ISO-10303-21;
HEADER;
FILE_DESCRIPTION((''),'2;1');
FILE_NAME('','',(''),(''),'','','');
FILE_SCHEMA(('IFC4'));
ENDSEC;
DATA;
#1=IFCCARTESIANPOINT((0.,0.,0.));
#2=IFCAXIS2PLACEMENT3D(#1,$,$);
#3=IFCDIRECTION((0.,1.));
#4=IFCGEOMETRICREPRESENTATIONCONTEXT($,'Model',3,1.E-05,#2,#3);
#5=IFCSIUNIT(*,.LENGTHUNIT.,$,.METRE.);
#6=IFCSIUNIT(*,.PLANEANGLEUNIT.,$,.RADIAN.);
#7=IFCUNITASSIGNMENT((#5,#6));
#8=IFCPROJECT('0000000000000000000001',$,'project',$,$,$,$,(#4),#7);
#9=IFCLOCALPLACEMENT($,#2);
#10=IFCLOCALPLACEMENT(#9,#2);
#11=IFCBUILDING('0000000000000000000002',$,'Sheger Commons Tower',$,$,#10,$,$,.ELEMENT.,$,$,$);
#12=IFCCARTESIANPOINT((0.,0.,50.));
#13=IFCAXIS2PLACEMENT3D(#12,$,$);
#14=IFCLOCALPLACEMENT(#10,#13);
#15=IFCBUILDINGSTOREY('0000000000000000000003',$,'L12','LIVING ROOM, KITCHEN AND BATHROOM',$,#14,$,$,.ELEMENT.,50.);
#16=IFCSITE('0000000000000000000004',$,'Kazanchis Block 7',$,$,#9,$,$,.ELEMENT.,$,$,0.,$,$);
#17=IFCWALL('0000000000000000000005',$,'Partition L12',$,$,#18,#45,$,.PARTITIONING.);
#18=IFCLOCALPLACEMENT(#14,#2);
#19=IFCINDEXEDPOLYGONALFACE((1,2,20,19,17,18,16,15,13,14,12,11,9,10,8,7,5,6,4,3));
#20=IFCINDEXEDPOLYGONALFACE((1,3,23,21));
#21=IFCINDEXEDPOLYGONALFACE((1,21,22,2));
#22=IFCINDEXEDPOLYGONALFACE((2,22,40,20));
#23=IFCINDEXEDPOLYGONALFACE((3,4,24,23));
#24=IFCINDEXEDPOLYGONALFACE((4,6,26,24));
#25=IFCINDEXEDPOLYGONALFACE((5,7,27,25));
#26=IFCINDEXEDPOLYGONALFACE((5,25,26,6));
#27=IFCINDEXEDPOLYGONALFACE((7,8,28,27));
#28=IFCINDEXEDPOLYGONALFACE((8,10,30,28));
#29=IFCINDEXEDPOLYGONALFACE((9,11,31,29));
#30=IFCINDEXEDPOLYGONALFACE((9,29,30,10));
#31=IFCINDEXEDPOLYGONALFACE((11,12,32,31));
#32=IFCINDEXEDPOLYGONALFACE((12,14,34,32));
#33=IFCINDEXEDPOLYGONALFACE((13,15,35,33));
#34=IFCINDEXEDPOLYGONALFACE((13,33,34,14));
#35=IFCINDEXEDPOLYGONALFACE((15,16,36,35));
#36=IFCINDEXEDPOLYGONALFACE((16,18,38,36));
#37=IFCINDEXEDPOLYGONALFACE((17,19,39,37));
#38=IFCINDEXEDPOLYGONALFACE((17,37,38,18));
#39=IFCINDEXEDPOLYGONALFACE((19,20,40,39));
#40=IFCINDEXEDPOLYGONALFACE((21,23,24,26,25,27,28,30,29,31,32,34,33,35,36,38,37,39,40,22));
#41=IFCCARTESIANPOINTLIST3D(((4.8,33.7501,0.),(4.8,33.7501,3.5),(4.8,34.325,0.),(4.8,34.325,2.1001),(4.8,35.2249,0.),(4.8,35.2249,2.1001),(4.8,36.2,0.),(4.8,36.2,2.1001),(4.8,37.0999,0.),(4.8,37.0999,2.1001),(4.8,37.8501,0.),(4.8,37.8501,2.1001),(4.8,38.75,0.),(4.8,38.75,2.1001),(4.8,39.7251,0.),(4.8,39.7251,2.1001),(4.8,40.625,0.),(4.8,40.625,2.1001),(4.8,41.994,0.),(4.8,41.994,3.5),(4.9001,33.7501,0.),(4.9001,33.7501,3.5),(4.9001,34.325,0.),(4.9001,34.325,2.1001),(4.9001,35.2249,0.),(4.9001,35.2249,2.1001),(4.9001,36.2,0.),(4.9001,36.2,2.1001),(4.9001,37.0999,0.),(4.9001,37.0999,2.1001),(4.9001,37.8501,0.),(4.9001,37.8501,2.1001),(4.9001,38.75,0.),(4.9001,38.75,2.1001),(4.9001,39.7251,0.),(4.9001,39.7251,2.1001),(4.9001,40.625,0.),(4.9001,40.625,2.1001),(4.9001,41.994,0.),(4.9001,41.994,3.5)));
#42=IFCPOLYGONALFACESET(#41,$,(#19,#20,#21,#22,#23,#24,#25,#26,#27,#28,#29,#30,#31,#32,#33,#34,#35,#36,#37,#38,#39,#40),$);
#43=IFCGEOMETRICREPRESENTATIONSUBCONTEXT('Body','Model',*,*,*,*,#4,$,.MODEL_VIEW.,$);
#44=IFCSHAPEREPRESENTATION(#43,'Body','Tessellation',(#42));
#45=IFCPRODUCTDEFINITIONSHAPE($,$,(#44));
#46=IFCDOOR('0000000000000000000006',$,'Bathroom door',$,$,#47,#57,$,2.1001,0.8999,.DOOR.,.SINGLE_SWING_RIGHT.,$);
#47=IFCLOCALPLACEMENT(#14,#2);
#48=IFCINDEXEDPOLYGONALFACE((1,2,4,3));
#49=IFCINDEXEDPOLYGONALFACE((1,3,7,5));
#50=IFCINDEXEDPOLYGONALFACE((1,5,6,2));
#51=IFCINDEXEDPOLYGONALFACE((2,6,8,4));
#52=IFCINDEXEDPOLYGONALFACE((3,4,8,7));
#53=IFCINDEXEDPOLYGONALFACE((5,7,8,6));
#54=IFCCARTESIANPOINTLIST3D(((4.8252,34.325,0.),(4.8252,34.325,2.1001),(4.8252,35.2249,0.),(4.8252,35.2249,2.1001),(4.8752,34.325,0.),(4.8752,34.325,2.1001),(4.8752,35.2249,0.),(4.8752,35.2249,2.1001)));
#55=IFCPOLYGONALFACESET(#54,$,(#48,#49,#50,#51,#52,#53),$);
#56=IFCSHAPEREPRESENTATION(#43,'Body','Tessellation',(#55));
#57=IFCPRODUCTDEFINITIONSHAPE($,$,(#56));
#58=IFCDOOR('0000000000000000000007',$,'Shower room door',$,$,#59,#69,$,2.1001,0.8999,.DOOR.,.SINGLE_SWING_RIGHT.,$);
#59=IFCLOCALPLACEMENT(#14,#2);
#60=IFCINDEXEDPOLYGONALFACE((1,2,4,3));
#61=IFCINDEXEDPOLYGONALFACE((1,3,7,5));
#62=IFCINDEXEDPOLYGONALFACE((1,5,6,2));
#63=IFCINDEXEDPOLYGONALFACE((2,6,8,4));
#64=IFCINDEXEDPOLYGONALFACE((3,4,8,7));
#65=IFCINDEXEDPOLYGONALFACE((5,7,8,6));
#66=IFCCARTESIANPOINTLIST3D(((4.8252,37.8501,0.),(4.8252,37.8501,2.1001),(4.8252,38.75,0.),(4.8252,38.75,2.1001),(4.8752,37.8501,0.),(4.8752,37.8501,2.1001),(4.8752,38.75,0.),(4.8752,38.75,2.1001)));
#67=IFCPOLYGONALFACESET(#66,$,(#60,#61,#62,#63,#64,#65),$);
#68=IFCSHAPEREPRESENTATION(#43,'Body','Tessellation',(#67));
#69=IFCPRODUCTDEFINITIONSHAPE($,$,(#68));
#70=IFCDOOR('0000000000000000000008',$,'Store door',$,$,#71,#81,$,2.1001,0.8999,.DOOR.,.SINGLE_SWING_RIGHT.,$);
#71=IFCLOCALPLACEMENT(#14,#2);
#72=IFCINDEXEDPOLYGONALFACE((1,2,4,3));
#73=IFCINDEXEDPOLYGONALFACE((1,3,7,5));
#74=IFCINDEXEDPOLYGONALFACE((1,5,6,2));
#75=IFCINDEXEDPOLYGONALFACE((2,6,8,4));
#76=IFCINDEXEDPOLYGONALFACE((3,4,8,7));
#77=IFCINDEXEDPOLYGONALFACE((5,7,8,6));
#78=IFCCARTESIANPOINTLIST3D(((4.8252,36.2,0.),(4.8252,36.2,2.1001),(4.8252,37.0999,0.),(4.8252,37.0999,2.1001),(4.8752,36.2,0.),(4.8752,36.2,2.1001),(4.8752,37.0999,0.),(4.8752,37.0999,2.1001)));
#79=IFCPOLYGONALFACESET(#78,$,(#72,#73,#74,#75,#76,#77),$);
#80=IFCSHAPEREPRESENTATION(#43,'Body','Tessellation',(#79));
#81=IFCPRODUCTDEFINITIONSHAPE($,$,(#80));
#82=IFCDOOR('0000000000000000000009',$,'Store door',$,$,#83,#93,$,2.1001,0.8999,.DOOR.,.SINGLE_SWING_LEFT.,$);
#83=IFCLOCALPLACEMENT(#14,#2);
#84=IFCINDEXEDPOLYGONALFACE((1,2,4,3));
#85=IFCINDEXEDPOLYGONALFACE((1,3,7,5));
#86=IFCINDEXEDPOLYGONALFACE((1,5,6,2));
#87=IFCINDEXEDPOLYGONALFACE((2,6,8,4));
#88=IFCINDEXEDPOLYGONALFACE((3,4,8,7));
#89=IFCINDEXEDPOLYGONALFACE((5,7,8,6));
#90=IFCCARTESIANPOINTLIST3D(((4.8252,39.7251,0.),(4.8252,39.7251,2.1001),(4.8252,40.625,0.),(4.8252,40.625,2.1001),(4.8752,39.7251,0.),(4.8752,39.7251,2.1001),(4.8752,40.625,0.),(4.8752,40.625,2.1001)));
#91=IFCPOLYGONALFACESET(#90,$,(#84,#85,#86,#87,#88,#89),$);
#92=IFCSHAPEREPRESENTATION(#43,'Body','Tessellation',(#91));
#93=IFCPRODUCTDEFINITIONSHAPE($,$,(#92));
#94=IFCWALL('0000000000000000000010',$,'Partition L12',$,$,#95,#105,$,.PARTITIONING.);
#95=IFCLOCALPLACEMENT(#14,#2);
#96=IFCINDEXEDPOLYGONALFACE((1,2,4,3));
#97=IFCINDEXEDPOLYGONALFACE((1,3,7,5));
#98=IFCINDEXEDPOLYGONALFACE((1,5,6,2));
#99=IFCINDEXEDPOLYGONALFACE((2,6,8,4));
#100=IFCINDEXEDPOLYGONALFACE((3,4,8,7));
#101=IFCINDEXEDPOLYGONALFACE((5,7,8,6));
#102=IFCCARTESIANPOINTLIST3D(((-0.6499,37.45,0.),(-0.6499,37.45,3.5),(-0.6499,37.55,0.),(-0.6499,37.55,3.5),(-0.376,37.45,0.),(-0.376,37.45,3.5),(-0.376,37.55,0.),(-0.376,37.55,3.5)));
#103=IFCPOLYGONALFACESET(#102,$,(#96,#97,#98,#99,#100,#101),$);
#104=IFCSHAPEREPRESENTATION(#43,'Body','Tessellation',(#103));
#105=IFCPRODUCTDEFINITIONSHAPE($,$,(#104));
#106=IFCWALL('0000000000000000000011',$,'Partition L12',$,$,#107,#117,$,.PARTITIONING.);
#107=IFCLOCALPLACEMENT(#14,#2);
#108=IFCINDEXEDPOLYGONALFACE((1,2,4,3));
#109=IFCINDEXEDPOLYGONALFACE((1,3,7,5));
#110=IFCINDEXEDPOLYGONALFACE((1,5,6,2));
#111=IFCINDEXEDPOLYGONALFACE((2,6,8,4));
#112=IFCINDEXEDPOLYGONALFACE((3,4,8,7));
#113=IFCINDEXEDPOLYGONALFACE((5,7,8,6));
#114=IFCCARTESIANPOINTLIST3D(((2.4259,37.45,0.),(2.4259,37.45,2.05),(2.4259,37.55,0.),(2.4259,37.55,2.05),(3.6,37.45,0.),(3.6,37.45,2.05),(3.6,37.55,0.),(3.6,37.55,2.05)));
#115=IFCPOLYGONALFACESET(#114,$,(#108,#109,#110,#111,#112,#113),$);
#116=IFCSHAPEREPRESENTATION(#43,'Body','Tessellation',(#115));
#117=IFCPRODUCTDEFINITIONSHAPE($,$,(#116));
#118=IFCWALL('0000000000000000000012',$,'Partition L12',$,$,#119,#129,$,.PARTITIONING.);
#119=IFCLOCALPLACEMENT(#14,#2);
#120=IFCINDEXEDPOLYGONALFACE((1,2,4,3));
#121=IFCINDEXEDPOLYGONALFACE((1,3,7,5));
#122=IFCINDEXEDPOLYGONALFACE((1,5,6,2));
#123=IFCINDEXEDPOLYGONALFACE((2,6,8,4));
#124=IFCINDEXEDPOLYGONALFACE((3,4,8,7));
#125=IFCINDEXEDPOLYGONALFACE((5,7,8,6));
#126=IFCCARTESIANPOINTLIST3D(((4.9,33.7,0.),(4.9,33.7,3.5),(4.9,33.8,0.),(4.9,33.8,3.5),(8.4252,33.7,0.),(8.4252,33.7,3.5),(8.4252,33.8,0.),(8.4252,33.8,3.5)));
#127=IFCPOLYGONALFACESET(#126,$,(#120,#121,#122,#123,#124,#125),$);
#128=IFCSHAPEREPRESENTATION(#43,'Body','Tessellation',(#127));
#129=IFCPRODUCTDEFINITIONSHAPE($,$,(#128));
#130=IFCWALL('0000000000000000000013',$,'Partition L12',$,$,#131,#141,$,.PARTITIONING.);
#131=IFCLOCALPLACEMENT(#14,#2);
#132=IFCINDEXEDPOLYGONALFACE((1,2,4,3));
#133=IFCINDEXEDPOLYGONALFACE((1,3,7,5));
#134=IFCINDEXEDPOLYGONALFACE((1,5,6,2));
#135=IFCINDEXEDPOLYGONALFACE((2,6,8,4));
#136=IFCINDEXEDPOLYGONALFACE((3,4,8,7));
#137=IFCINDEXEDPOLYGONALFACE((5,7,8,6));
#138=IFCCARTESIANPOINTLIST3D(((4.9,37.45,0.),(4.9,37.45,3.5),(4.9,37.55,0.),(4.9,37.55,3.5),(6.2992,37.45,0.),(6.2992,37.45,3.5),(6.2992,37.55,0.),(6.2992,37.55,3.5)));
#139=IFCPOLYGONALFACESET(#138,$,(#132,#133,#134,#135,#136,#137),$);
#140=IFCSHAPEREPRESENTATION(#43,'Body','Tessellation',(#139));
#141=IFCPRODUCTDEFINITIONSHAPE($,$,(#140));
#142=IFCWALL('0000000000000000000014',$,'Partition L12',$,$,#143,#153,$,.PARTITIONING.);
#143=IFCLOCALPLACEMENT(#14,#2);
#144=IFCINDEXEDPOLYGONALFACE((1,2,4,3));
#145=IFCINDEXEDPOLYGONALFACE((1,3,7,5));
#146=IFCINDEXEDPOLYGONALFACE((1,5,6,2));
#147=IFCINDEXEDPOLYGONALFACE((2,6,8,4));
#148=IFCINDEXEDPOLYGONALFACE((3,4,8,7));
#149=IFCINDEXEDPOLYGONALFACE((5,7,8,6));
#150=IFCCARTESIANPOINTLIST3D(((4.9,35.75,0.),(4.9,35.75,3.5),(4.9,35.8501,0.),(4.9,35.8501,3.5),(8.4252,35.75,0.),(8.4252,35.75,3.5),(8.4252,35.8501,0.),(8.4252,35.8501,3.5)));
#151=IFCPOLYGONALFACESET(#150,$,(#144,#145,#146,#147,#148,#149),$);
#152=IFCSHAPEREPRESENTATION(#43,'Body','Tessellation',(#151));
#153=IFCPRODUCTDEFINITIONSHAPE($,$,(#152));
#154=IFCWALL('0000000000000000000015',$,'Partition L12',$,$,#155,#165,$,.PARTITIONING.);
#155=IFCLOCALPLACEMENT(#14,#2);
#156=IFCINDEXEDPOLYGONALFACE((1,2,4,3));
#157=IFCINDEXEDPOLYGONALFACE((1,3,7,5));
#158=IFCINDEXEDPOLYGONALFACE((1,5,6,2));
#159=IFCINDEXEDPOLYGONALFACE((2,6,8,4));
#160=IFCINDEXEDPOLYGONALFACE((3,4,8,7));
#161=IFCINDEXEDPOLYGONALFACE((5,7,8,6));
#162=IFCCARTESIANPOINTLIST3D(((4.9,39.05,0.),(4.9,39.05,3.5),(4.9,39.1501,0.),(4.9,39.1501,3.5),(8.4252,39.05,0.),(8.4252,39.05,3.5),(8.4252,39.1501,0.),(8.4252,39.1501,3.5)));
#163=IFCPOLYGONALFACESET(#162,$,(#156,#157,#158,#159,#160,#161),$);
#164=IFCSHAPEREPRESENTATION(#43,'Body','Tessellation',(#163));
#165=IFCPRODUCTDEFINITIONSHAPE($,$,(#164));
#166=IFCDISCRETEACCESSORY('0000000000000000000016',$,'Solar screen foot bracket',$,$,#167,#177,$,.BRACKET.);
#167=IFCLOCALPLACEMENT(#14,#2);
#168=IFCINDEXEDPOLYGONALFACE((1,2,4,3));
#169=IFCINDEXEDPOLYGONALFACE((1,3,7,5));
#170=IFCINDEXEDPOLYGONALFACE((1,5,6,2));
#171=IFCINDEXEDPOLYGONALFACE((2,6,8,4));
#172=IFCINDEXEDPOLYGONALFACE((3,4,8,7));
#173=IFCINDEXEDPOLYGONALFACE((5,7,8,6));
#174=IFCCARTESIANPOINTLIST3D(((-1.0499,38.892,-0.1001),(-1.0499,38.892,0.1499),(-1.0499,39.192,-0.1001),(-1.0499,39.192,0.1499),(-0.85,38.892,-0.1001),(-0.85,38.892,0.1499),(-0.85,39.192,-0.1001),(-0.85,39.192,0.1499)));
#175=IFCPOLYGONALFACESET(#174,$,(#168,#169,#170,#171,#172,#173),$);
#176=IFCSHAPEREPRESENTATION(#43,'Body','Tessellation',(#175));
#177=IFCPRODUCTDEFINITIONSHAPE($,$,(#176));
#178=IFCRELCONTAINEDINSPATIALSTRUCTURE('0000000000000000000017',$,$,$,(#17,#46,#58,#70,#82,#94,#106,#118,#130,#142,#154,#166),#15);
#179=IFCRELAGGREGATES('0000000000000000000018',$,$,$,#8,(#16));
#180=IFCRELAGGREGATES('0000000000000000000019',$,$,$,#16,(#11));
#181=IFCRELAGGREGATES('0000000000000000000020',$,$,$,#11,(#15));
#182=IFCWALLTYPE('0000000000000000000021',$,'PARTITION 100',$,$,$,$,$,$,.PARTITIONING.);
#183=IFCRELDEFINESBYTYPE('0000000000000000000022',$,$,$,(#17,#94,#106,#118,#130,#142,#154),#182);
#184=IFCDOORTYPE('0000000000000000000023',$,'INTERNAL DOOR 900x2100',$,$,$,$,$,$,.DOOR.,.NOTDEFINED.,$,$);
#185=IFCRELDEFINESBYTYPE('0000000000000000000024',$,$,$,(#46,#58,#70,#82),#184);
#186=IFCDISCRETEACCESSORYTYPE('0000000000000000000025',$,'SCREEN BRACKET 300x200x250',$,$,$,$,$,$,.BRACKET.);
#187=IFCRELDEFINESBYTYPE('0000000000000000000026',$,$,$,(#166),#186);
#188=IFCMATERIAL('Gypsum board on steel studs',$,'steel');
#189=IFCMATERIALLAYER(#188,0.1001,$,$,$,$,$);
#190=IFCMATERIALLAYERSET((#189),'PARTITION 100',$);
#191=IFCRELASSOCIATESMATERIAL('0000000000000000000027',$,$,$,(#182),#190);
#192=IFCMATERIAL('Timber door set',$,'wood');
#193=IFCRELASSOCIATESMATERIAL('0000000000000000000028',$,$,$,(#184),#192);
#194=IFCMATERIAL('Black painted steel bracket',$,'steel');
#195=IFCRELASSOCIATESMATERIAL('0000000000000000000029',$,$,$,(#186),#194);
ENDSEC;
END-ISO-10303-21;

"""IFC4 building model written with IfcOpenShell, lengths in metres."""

from ifc_helpers import new_model, si_unit, direction, frame, frame_2d, origin, origin_2d, place, context, subcontext, project, spatial, rectangle, extrude, material, layer, layer_set, type_object, element, fill, save


model = new_model("IFC4")

# Units and contexts
model_context = context("Model", 3, precision=1e-05, world=origin(), true_north=direction((0.0, 1.0)))
body_context = subcontext(model_context, "Body", "Model", "MODEL_VIEW")
ifc_project = project(units=[si_unit("LENGTHUNIT", "METRE"), si_unit("PLANEANGLEUNIT", "RADIAN")], contexts=[model_context])

# Site, building, storey
site_placement = place(None, origin())
site = spatial("IfcSite", under=ifc_project, at=site_placement, Name="Kazanchis Block 7", CompositionType="ELEMENT", RefElevation=0.0)
building_placement = place(site_placement, origin())
building = spatial("IfcBuilding", under=site, at=building_placement, Name="Sheger Commons Tower", CompositionType="ELEMENT")
storey_placement = place(building_placement, frame((0.0, 0.0, 50.0)))
storey = spatial("IfcBuildingStorey", under=building, at=storey_placement, Name="L12", Description="LIVING ROOM, KITCHEN AND BATHROOM", CompositionType="ELEMENT", Elevation=50.0)

# Wall, openings, doors
ifc_material_1 = material(Name="Gypsum board on steel studs", Category="steel")
ifc_layer_1 = layer(ifc_material_1, 0.1001)
ifc_layer_set_1 = layer_set([ifc_layer_1], Name="PARTITION 100")
wall_type = type_object("IfcWallType", Name="PARTITION 100", PredefinedType="PARTITIONING", material=ifc_layer_set_1)
ifc_material_2 = material(Name="Timber door set", Category="wood")
door_type = type_object("IfcDoorType", Name="INTERNAL DOOR 900x2100", OperationType="NOTDEFINED", PredefinedType="DOOR", material=ifc_material_2)
wall_1_placement = place(storey_placement, frame((4.8501, 33.75, 0.0), z_axis=(0.0, 0.0, 1.0), x_axis=(0.0, 1.0, 0.0)))
wall_1 = element("IfcWall", 1, at=wall_1_placement, inside=storey, type_object=wall_type, Name="Partition L12", PredefinedType="PARTITIONING", context=body_context, shape_type="SweptSolid", body=[
    extrude(rectangle(XDim=8.2439, YDim=0.1001, at=frame_2d((4.1221, 0.0))), origin(), (0.0, 0.0, 1.0), 3.5),
])
opening_1_placement = place(wall_1_placement, frame((0.575, 0.0, 0.0)))
opening_1 = element("IfcOpeningElement", 2, at=opening_1_placement, cuts=wall_1, PredefinedType="OPENING", context=body_context, shape_type="SweptSolid", body=[
    extrude(rectangle(XDim=0.8999, YDim=2.1001, at=frame_2d((0.45, 1.05))), frame((0.0, 0.0601, 0.0), z_axis=(0.0, -1.0, 0.0), x_axis=(1.0, 0.0, 0.0)), (0.0, 0.0, 1.0), 0.1201),
])
opening_2_placement = place(wall_1_placement, frame((4.1001, 0.0, 0.0)))
opening_2 = element("IfcOpeningElement", 3, at=opening_2_placement, cuts=wall_1, PredefinedType="OPENING", context=body_context, shape_type="SweptSolid", body=[
    extrude(rectangle(XDim=0.8999, YDim=2.1001, at=frame_2d((0.45, 1.05))), frame((0.0, 0.0601, 0.0), z_axis=(0.0, -1.0, 0.0), x_axis=(1.0, 0.0, 0.0)), (0.0, 0.0, 1.0), 0.1201),
])
opening_3_placement = place(wall_1_placement, frame((2.45, 0.0, 0.0)))
opening_3 = element("IfcOpeningElement", 4, at=opening_3_placement, cuts=wall_1, PredefinedType="OPENING", context=body_context, shape_type="SweptSolid", body=[
    extrude(rectangle(XDim=0.8999, YDim=2.1001, at=frame_2d((0.45, 1.05))), frame((0.0, 0.0601, 0.0), z_axis=(0.0, -1.0, 0.0), x_axis=(1.0, 0.0, 0.0)), (0.0, 0.0, 1.0), 0.1201),
])
opening_4_placement = place(wall_1_placement, frame((5.9751, 0.0, 0.0)))
opening_4 = element("IfcOpeningElement", 5, at=opening_4_placement, cuts=wall_1, PredefinedType="OPENING", context=body_context, shape_type="SweptSolid", body=[
    extrude(rectangle(XDim=0.8999, YDim=2.1001, at=frame_2d((0.45, 1.05))), frame((0.0, 0.0601, 0.0), z_axis=(0.0, -1.0, 0.0), x_axis=(1.0, 0.0, 0.0)), (0.0, 0.0, 1.0), 0.1201),
])
door_1_placement = place(opening_1_placement, origin())
door_1 = element("IfcDoor", 6, at=door_1_placement, inside=storey, type_object=door_type, Name="Bathroom door", OperationType="SINGLE_SWING_RIGHT", OverallHeight=2.1001, OverallWidth=0.8999, PredefinedType="DOOR", context=body_context, shape_type="SweptSolid", body=[
    extrude(rectangle(XDim=0.8999, YDim=2.1001, at=frame_2d((0.45, 1.05))), frame((0.0, 0.0249, 0.0), z_axis=(0.0, -1.0, 0.0), x_axis=(1.0, 0.0, 0.0)), (0.0, 0.0, 1.0), 0.05),
])
fill(opening_1, door_1)
door_2_placement = place(opening_2_placement, origin())
door_2 = element("IfcDoor", 7, at=door_2_placement, inside=storey, type_object=door_type, Name="Shower room door", OperationType="SINGLE_SWING_RIGHT", OverallHeight=2.1001, OverallWidth=0.8999, PredefinedType="DOOR", context=body_context, shape_type="SweptSolid", body=[
    extrude(rectangle(XDim=0.8999, YDim=2.1001, at=frame_2d((0.45, 1.05))), frame((0.0, 0.0249, 0.0), z_axis=(0.0, -1.0, 0.0), x_axis=(1.0, 0.0, 0.0)), (0.0, 0.0, 1.0), 0.05),
])
fill(opening_2, door_2)
door_3_placement = place(opening_3_placement, origin())
door_3 = element("IfcDoor", 8, at=door_3_placement, inside=storey, type_object=door_type, Name="Store door", OperationType="SINGLE_SWING_RIGHT", OverallHeight=2.1001, OverallWidth=0.8999, PredefinedType="DOOR", context=body_context, shape_type="SweptSolid", body=[
    extrude(rectangle(XDim=0.8999, YDim=2.1001, at=frame_2d((0.45, 1.05))), frame((0.0, 0.0249, 0.0), z_axis=(0.0, -1.0, 0.0), x_axis=(1.0, 0.0, 0.0)), (0.0, 0.0, 1.0), 0.05),
])
fill(opening_3, door_3)
door_4_placement = place(opening_4_placement, origin())
door_4 = element("IfcDoor", 9, at=door_4_placement, inside=storey, type_object=door_type, Name="Store door", OperationType="SINGLE_SWING_LEFT", OverallHeight=2.1001, OverallWidth=0.8999, PredefinedType="DOOR", context=body_context, shape_type="SweptSolid", body=[
    extrude(rectangle(XDim=0.8999, YDim=2.1001, at=frame_2d((0.45, 1.05))), frame((0.0, 0.0249, 0.0), z_axis=(0.0, -1.0, 0.0), x_axis=(1.0, 0.0, 0.0)), (0.0, 0.0, 1.0), 0.05),
])
fill(opening_4, door_4)

# Walls
wall_2_placement = place(storey_placement, frame((-0.6499, 37.5, 0.0), z_axis=(0.0, 0.0, 1.0), x_axis=(1.0, 0.0, 0.0)))
element("IfcWall", 10, at=wall_2_placement, inside=storey, type_object=wall_type, Name="Partition L12", PredefinedType="PARTITIONING", context=body_context, shape_type="SweptSolid", body=[
    extrude(rectangle(XDim=0.2739, YDim=0.1001, at=frame_2d((0.137, 0.0))), origin(), (0.0, 0.0, 1.0), 3.5),
])
wall_3_placement = place(storey_placement, frame((2.426, 37.5, 0.0), z_axis=(0.0, 0.0, 1.0), x_axis=(1.0, 0.0, 0.0)))
element("IfcWall", 11, at=wall_3_placement, inside=storey, type_object=wall_type, Name="Partition L12", PredefinedType="PARTITIONING", context=body_context, shape_type="SweptSolid", body=[
    extrude(rectangle(XDim=1.1741, YDim=0.1001, at=frame_2d((0.5869, 0.0))), origin(), (0.0, 0.0, 1.0), 2.05),
])
wall_4_placement = place(storey_placement, frame((4.8999, 33.75, 0.0), z_axis=(0.0, 0.0, 1.0), x_axis=(1.0, 0.0, 0.0)))
element("IfcWall", 12, at=wall_4_placement, inside=storey, type_object=wall_type, Name="Partition L12", PredefinedType="PARTITIONING", context=body_context, shape_type="SweptSolid", body=[
    extrude(rectangle(XDim=3.5251, YDim=0.1001, at=frame_2d((1.7627, 0.0))), origin(), (0.0, 0.0, 1.0), 3.5),
])
wall_5_placement = place(storey_placement, frame((4.8999, 37.5, 0.0), z_axis=(0.0, 0.0, 1.0), x_axis=(1.0, 0.0, 0.0)))
element("IfcWall", 13, at=wall_5_placement, inside=storey, type_object=wall_type, Name="Partition L12", PredefinedType="PARTITIONING", context=body_context, shape_type="SweptSolid", body=[
    extrude(rectangle(XDim=1.3992, YDim=0.1001, at=frame_2d((0.6997, 0.0))), origin(), (0.0, 0.0, 1.0), 3.5),
])
for number, where, z_axis, x_axis, name in (
    (14, (4.8999, 35.8, 0.0), (0.0, 0.0, 1.0), (1.0, 0.0, 0.0), "Partition L12"),
    (15, (4.8999, 39.1001, 0.0), (0.0, 0.0, 1.0), (1.0, 0.0, 0.0), "Partition L12"),
):
    element("IfcWall", number, at=place(storey_placement, frame(where, z_axis=z_axis, x_axis=x_axis)), inside=storey, type_object=wall_type, Name=name, PredefinedType="PARTITIONING", context=body_context, shape_type="SweptSolid", body=[
        extrude(rectangle(XDim=3.5251, YDim=0.1001, at=frame_2d((1.7627, 0.0))), origin(), (0.0, 0.0, 1.0), 3.5),
    ])

# Discrete accessory
ifc_material_3 = material(Name="Black painted steel bracket", Category="steel")
discrete_accessory_type = type_object("IfcDiscreteAccessoryType", Name="SCREEN BRACKET 300x200x250", PredefinedType="BRACKET", material=ifc_material_3)
for number, where, z_axis, x_axis, name in (
    (16, (-0.95, 39.042, -0.1001), (0.0, 0.0, 1.0), (0.0, -1.0, 0.0), "Solar screen foot bracket"),
):
    element("IfcDiscreteAccessory", number, at=place(storey_placement, frame(where, z_axis=z_axis, x_axis=x_axis)), inside=storey, type_object=discrete_accessory_type, Name=name, PredefinedType="BRACKET", context=body_context, shape_type="SweptSolid", body=[
        extrude(rectangle(XDim=0.3, YDim=0.2, at=origin_2d()), origin(), (0.0, 0.0, 1.0), 0.25),
    ])

save(model, "model.ifc")
